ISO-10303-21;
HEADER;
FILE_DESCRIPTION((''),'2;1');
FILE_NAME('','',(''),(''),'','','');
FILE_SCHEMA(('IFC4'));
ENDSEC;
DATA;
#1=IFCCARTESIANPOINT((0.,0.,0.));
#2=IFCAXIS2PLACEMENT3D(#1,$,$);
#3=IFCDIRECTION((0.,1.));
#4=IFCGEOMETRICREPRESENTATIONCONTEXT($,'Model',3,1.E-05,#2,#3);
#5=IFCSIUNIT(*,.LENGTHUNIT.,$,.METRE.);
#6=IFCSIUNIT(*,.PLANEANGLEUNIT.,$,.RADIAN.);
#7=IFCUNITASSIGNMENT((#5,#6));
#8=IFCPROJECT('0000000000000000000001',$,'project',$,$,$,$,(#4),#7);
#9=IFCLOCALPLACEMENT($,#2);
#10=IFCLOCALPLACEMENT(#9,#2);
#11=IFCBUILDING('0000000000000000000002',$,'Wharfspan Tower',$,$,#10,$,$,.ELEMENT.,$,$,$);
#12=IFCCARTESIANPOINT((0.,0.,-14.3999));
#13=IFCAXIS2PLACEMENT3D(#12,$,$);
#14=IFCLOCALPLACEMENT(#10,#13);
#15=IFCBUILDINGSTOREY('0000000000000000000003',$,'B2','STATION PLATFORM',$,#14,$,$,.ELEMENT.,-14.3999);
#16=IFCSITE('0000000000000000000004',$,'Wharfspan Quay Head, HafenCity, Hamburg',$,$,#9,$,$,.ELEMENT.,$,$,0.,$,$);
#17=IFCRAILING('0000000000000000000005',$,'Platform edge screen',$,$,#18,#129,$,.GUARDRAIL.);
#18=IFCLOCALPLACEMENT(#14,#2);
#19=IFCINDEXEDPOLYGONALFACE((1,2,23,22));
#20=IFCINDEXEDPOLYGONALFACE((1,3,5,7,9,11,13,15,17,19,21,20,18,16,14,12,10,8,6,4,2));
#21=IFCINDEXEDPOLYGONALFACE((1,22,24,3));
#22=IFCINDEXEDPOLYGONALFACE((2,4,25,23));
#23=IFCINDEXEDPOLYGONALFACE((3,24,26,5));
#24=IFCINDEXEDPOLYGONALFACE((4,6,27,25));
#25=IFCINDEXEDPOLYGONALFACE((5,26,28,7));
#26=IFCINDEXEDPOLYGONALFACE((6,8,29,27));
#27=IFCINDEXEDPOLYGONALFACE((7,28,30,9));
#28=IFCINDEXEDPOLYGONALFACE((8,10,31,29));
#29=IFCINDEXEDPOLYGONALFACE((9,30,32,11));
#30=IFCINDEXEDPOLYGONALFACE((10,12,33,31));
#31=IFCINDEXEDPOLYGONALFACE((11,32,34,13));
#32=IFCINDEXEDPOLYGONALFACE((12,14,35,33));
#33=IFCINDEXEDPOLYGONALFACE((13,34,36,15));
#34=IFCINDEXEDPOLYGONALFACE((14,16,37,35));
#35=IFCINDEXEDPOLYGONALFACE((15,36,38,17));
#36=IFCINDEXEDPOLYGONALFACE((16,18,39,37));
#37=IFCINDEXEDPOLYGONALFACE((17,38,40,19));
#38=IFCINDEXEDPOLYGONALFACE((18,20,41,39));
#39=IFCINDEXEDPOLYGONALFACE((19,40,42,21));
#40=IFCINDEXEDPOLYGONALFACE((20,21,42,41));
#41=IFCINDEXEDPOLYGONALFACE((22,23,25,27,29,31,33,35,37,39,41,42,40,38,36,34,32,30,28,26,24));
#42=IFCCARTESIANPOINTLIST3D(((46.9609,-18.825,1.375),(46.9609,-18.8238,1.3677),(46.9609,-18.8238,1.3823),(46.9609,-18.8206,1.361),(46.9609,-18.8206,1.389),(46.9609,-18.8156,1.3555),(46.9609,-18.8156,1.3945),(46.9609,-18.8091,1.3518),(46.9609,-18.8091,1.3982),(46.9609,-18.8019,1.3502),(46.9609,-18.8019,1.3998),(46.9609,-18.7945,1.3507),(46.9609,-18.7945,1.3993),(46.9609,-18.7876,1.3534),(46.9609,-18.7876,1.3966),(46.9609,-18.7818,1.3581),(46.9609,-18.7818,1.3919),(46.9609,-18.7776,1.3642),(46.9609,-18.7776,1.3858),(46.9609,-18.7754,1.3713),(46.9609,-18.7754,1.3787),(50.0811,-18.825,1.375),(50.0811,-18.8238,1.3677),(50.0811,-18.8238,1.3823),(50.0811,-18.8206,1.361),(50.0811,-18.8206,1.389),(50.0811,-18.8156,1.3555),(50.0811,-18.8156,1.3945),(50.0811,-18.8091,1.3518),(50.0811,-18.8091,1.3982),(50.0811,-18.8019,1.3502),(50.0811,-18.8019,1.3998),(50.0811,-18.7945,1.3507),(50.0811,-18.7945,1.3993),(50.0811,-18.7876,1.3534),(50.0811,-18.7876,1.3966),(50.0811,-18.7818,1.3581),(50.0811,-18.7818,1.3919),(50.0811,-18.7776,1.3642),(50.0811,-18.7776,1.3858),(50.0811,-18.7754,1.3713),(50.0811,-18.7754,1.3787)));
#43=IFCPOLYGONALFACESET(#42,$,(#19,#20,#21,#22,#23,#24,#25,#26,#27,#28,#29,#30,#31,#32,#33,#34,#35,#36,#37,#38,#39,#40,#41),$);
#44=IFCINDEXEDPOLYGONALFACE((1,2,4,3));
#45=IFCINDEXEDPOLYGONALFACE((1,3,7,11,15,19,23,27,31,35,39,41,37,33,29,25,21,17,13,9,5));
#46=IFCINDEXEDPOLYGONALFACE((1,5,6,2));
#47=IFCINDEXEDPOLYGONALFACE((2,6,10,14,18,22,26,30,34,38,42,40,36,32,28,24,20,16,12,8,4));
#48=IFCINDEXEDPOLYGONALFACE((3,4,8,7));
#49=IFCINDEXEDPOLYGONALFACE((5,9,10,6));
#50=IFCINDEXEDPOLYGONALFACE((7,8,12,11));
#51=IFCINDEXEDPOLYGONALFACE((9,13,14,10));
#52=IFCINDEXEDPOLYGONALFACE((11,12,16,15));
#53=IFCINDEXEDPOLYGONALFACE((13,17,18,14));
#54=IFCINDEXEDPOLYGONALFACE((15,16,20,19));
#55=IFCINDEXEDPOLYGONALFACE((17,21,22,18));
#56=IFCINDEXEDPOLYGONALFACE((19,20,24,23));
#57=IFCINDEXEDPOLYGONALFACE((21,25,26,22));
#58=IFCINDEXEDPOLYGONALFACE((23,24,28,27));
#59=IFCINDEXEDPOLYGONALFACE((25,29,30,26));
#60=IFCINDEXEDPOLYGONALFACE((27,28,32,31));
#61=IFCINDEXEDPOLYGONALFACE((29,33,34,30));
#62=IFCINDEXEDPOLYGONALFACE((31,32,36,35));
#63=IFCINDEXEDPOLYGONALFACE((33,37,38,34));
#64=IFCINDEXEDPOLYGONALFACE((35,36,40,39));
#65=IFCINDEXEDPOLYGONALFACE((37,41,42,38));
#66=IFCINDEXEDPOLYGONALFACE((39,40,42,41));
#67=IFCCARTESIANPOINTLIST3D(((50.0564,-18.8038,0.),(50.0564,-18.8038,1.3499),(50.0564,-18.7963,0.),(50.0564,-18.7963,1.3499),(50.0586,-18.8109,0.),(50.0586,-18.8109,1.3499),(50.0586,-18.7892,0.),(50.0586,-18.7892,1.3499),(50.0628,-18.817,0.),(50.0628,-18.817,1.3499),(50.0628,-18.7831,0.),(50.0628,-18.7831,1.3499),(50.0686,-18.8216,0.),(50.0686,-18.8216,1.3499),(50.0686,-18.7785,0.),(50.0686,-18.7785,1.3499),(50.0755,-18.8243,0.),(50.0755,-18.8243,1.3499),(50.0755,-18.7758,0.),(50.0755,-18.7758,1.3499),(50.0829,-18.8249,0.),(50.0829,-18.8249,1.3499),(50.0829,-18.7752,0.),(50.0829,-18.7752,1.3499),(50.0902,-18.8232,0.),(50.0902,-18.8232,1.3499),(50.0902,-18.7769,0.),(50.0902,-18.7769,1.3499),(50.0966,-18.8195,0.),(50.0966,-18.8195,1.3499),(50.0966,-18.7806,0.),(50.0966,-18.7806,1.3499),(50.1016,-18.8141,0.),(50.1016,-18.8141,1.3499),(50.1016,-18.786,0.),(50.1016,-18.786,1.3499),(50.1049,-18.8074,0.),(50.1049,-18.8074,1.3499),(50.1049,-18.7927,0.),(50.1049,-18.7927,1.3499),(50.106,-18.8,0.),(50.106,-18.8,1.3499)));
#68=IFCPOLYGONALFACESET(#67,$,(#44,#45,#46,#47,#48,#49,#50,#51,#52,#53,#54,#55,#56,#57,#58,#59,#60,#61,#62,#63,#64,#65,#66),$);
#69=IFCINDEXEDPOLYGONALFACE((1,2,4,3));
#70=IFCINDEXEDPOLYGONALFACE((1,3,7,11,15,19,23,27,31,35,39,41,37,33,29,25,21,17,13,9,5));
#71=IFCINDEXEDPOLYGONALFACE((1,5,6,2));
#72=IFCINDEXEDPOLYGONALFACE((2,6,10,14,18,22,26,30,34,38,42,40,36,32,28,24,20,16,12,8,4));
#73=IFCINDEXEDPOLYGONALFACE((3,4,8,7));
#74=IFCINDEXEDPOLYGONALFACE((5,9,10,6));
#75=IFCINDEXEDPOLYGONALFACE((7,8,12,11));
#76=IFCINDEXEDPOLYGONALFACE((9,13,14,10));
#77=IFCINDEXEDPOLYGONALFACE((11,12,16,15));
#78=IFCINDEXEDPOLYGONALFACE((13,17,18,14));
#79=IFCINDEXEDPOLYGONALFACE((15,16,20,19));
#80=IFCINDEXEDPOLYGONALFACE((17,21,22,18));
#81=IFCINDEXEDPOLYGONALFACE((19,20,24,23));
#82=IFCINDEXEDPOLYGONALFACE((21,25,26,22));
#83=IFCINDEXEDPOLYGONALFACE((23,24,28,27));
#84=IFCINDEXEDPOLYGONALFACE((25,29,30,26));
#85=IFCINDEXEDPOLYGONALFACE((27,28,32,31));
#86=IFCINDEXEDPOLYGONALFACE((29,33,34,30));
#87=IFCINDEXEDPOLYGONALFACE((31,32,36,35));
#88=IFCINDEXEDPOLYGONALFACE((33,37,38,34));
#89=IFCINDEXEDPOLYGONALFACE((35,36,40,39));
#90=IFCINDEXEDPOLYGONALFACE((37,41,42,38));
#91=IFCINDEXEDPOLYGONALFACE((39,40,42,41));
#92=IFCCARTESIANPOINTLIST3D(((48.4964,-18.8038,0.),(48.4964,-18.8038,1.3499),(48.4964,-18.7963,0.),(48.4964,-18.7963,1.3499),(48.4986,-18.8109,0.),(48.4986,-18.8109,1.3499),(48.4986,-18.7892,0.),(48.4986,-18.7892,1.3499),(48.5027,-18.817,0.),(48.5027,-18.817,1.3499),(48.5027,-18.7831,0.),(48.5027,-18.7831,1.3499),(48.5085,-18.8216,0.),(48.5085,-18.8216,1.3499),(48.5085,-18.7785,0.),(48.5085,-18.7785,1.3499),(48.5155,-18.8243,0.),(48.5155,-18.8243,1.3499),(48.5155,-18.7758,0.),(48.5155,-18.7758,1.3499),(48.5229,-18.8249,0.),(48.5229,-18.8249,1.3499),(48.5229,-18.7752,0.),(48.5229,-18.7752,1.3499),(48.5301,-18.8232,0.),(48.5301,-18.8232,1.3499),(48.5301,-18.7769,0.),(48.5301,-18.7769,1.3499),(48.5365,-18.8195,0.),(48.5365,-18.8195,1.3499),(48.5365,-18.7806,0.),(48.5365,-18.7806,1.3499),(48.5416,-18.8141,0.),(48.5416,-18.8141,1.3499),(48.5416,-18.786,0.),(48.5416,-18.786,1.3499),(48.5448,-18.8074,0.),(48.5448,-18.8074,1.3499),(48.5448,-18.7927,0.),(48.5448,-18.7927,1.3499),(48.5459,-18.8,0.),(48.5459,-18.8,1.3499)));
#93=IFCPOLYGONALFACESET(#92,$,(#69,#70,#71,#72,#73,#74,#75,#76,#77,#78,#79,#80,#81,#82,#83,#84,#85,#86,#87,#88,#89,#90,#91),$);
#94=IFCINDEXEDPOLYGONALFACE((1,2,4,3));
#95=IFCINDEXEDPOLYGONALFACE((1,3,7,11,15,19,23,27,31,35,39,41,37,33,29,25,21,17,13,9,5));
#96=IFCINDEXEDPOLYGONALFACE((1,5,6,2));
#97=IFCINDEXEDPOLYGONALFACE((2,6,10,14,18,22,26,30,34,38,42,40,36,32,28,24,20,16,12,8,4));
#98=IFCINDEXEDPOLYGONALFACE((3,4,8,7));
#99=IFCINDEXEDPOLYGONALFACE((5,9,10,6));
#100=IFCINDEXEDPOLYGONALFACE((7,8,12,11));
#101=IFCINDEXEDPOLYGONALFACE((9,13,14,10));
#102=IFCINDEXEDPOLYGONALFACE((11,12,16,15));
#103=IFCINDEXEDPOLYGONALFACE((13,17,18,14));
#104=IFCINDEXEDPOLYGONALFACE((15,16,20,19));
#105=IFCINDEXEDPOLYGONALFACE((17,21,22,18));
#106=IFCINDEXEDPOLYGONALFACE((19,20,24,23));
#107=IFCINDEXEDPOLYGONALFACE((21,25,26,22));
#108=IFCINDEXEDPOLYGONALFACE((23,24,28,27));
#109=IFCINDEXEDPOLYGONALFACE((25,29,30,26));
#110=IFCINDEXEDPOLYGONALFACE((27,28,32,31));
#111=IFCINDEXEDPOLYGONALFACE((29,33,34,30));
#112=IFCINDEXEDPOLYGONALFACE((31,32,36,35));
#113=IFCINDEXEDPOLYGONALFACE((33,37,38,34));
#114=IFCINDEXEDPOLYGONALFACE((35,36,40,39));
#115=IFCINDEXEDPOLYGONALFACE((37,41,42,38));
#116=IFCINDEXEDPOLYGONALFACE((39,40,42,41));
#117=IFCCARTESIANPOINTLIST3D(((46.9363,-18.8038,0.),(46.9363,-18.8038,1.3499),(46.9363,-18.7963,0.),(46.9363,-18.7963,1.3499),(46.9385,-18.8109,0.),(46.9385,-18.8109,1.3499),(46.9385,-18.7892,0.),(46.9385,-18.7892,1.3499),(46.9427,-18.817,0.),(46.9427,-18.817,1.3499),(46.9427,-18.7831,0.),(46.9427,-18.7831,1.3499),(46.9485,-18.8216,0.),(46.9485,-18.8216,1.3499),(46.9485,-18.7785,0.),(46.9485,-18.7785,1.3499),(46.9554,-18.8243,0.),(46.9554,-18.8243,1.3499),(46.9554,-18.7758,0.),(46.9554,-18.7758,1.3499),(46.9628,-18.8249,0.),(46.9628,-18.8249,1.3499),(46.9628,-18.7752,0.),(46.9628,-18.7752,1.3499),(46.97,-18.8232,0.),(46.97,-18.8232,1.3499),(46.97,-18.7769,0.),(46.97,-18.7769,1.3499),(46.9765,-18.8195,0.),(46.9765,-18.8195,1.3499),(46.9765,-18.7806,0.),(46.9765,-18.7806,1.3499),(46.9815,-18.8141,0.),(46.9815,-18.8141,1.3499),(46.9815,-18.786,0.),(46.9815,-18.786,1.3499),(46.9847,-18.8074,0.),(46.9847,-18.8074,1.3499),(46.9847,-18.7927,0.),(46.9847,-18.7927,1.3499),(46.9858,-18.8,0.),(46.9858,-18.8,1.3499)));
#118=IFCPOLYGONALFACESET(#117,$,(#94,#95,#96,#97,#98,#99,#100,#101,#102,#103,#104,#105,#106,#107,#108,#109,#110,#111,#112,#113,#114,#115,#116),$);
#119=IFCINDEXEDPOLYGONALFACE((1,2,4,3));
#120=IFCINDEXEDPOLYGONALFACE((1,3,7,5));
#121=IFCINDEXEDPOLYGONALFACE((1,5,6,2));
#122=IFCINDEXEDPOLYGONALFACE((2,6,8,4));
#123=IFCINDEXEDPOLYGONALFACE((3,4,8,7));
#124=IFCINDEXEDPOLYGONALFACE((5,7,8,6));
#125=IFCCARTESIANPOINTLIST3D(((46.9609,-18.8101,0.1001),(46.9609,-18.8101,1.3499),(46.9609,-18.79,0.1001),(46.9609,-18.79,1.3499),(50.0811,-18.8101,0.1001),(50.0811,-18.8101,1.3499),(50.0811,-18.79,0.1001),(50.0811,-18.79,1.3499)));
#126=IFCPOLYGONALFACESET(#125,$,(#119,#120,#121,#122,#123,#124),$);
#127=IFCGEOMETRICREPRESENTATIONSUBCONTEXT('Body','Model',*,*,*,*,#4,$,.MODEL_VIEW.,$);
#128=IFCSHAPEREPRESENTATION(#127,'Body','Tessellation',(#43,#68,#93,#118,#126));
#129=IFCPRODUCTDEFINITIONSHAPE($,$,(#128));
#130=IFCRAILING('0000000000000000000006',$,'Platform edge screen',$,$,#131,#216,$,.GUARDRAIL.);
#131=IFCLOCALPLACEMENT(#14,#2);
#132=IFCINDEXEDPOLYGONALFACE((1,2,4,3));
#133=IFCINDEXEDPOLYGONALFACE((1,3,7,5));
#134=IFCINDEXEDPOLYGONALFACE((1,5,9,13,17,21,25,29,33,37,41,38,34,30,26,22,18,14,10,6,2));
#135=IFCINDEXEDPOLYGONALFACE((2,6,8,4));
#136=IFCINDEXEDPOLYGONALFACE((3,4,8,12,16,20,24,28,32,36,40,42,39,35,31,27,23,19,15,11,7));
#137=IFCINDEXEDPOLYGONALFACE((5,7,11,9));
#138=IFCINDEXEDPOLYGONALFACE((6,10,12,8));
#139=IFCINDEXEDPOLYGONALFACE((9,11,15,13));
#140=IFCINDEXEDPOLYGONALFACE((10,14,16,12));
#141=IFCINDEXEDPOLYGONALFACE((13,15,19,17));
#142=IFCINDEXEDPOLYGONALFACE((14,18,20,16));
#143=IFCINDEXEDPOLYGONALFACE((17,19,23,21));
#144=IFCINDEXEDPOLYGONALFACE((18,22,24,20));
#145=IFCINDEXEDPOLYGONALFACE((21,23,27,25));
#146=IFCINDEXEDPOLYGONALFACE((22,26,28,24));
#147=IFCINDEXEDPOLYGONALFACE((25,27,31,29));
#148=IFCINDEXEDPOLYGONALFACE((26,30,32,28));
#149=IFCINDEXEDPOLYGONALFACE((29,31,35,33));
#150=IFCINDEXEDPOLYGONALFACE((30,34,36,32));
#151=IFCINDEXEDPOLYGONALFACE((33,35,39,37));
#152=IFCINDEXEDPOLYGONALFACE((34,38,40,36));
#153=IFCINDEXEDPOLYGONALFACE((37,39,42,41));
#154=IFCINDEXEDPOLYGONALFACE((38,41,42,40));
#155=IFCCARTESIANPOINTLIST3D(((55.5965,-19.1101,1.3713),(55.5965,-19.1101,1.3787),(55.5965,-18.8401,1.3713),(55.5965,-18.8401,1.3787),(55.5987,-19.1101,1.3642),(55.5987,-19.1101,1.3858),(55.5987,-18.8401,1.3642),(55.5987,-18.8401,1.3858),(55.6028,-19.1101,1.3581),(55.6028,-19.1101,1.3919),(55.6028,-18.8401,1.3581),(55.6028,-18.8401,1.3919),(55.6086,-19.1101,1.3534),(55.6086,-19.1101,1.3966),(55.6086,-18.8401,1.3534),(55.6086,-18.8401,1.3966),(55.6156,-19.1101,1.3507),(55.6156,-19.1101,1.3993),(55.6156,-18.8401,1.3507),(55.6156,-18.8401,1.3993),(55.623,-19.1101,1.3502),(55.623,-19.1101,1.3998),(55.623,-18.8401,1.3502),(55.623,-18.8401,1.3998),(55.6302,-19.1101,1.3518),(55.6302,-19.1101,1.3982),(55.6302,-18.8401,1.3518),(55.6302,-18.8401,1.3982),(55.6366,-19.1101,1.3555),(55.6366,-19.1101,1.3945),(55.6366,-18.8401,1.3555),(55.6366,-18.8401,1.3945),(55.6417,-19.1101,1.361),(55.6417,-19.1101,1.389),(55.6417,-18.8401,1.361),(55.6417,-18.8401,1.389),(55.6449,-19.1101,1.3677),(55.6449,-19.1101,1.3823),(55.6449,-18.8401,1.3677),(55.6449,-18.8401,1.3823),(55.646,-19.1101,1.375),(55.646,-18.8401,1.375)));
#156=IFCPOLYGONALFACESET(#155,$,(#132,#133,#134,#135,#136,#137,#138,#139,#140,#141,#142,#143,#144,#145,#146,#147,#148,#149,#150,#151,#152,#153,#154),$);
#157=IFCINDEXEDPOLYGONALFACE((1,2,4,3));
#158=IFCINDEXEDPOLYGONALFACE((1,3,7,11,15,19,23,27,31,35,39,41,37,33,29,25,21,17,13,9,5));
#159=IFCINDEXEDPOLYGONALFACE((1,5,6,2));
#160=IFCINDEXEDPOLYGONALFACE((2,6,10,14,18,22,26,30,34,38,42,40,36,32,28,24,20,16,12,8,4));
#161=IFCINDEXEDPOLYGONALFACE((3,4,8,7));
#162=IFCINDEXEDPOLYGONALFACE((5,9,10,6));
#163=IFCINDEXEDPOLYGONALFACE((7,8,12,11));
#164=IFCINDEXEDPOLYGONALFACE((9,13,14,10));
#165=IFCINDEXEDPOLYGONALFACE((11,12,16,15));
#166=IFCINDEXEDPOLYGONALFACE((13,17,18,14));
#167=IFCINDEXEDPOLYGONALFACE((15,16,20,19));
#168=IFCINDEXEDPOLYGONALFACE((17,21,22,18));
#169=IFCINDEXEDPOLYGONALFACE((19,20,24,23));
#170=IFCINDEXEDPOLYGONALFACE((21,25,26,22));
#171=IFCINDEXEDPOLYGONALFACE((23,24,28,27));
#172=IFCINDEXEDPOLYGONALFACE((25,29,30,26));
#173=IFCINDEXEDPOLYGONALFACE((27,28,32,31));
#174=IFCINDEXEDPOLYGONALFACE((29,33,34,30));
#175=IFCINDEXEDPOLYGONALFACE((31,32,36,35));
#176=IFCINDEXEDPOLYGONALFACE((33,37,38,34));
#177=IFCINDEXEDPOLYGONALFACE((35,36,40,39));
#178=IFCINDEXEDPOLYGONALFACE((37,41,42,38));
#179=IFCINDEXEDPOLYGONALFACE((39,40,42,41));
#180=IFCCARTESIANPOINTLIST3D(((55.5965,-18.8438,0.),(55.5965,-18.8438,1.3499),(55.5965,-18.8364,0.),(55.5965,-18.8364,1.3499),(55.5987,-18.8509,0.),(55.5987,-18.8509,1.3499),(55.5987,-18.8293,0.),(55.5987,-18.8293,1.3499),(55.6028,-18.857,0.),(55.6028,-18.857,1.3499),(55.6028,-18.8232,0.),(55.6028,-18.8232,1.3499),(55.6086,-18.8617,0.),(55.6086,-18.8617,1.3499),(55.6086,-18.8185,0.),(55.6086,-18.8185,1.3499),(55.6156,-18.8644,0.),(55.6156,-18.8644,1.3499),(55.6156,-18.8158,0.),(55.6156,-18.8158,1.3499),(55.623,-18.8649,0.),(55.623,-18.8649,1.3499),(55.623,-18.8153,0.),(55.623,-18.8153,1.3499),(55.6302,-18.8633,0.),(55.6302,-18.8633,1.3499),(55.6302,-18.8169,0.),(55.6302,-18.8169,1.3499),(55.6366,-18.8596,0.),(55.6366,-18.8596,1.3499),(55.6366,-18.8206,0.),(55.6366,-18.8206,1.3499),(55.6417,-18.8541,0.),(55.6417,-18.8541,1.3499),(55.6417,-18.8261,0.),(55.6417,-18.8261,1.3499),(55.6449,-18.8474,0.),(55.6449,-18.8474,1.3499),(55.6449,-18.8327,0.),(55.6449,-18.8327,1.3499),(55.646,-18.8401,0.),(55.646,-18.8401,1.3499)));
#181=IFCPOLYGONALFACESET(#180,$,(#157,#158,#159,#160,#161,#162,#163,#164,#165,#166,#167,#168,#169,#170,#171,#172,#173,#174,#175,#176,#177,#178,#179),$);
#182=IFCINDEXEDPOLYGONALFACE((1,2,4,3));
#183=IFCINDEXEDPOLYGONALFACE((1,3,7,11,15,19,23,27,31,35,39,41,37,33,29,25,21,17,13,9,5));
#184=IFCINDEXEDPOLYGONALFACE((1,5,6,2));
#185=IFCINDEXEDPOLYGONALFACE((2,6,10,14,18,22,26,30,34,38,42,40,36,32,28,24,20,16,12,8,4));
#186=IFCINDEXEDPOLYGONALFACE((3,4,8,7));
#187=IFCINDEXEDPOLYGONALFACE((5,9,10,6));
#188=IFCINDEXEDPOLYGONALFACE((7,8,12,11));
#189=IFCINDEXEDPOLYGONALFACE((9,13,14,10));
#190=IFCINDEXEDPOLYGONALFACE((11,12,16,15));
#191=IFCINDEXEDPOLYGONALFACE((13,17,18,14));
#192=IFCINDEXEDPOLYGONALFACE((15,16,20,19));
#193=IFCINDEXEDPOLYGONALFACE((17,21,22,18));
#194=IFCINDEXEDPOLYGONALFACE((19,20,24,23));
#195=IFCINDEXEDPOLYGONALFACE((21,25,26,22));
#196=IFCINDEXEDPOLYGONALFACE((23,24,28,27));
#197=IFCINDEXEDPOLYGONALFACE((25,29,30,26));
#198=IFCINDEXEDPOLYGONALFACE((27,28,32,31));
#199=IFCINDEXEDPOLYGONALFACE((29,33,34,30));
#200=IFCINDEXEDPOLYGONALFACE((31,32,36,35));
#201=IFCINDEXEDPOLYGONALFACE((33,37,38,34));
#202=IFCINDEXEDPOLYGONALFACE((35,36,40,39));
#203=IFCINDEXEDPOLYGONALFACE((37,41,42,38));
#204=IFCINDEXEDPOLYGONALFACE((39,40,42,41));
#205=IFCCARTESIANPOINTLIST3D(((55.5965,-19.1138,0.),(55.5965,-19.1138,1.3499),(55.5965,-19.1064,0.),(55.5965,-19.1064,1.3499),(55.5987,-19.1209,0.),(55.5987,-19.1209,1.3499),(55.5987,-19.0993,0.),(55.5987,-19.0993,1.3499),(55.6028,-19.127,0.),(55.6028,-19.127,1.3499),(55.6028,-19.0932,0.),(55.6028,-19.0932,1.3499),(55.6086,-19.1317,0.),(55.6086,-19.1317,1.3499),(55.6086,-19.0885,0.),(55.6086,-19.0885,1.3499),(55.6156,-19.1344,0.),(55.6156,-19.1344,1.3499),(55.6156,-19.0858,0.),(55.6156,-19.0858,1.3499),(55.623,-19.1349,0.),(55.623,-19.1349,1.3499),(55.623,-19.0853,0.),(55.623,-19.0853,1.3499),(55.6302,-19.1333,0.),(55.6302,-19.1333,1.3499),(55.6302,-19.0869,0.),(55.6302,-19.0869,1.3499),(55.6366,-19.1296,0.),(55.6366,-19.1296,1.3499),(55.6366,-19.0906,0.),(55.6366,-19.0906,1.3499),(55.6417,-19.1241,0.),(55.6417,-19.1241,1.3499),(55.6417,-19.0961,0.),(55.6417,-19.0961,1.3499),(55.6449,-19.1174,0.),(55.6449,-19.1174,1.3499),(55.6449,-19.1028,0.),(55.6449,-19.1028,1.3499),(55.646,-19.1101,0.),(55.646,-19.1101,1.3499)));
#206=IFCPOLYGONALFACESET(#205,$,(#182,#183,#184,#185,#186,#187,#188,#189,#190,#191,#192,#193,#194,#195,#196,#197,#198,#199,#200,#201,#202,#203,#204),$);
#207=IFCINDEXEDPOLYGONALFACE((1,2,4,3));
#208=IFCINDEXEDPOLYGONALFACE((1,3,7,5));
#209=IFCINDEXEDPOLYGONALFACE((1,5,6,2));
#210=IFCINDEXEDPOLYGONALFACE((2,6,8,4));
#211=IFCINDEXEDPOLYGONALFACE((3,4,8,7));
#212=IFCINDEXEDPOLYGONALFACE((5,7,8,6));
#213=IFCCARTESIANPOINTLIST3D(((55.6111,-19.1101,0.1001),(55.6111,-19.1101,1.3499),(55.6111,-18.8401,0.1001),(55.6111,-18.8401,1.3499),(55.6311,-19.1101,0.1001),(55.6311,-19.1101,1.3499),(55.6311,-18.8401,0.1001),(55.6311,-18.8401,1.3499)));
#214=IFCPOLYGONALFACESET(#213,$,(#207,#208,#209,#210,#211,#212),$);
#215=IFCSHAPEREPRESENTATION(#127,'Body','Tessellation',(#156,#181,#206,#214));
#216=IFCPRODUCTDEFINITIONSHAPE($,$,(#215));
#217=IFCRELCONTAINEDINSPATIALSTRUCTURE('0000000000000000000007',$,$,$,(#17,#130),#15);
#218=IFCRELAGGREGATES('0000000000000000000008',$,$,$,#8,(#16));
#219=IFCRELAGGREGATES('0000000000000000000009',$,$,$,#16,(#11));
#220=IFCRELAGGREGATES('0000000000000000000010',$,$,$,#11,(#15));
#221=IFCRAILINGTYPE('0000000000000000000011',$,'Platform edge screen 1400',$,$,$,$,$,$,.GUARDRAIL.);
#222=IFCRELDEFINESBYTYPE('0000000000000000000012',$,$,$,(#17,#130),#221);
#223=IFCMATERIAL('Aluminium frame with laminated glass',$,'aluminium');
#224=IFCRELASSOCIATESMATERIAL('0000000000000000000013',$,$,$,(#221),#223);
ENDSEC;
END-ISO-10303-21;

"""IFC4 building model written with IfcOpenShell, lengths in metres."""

from ifc_helpers import new_model, si_unit, direction, frame, origin, origin_2d, place, context, subcontext, project, spatial, rectangle, circle, extrude, material, type_object, element, save


model = new_model("IFC4")

# Units and contexts
model_context = context("Model", 3, precision=1e-05, world=origin(), true_north=direction((0.0, 1.0)))
body_context = subcontext(model_context, "Body", "Model", "MODEL_VIEW")
ifc_project = project(units=[si_unit("LENGTHUNIT", "METRE"), si_unit("PLANEANGLEUNIT", "RADIAN")], contexts=[model_context])

# Site, building, storey
site_placement = place(None, origin())
site = spatial("IfcSite", under=ifc_project, at=site_placement, Name="Wharfspan Quay Head, HafenCity, Hamburg", CompositionType="ELEMENT", RefElevation=0.0)
building_placement = place(site_placement, origin())
building = spatial("IfcBuilding", under=site, at=building_placement, Name="Wharfspan Tower", CompositionType="ELEMENT")
storey_placement = place(building_placement, frame((0.0, 0.0, -14.3999)))
storey = spatial("IfcBuildingStorey", under=building, at=storey_placement, Name="B2", Description="STATION PLATFORM", CompositionType="ELEMENT", Elevation=-14.3999)

# Railings
ifc_material_1 = material(Name="Aluminium frame with laminated glass", Category="aluminium")
railing_type_1 = type_object("IfcRailingType", Name="Platform edge screen 1400", PredefinedType="GUARDRAIL", material=ifc_material_1)
railing_1_placement = place(storey_placement, frame((50.0811, -18.8, 0.0)))
element("IfcRailing", 1, at=railing_1_placement, inside=storey, type_object=railing_type_1, Name="Platform edge screen", PredefinedType="GUARDRAIL", context=body_context, shape_type="SweptSolid", body=[
    extrude(circle(Radius=0.0249, at=origin_2d()), frame((0.0, 0.0, 1.375), z_axis=(-1.0, 0.0, 0.0), x_axis=(0.0, -1.0, 0.0)), (0.0, 0.0, 1.0), 3.1201),
    extrude(circle(Radius=0.0249, at=origin_2d()), origin(), (0.0, 0.0, 1.0), 1.3499),
    extrude(circle(Radius=0.0249, at=origin_2d()), frame((-1.5601, 0.0, 0.0)), (0.0, 0.0, 1.0), 1.3499),
    extrude(circle(Radius=0.0249, at=origin_2d()), frame((-3.1201, 0.0, 0.0)), (0.0, 0.0, 1.0), 1.3499),
    extrude(rectangle(XDim=3.1201, YDim=0.02, at=origin_2d()), frame((-1.5601, 0.0, 0.1001), z_axis=(0.0, 0.0, 1.0), x_axis=(-1.0, 0.0, 0.0)), (0.0, 0.0, 1.0), 1.2498),
])
railing_2_placement = place(storey_placement, frame((55.6211, -18.8401, 0.0)))
element("IfcRailing", 2, at=railing_2_placement, inside=storey, type_object=railing_type_1, Name="Platform edge screen", PredefinedType="GUARDRAIL", context=body_context, shape_type="SweptSolid", body=[
    extrude(circle(Radius=0.0249, at=origin_2d()), frame((0.0, 0.0, 1.375), z_axis=(0.0, -1.0, 0.0), x_axis=(1.0, 0.0, 0.0)), (0.0, 0.0, 1.0), 0.27),
    extrude(circle(Radius=0.0249, at=origin_2d()), origin(), (0.0, 0.0, 1.0), 1.3499),
    extrude(circle(Radius=0.0249, at=origin_2d()), frame((0.0, -0.27, 0.0)), (0.0, 0.0, 1.0), 1.3499),
    extrude(rectangle(XDim=0.27, YDim=0.02, at=origin_2d()), frame((0.0, -0.135, 0.1001), z_axis=(0.0, 0.0, 1.0), x_axis=(0.0, -1.0, 0.0)), (0.0, 0.0, 1.0), 1.2498),
])

save(model, "model.ifc")
